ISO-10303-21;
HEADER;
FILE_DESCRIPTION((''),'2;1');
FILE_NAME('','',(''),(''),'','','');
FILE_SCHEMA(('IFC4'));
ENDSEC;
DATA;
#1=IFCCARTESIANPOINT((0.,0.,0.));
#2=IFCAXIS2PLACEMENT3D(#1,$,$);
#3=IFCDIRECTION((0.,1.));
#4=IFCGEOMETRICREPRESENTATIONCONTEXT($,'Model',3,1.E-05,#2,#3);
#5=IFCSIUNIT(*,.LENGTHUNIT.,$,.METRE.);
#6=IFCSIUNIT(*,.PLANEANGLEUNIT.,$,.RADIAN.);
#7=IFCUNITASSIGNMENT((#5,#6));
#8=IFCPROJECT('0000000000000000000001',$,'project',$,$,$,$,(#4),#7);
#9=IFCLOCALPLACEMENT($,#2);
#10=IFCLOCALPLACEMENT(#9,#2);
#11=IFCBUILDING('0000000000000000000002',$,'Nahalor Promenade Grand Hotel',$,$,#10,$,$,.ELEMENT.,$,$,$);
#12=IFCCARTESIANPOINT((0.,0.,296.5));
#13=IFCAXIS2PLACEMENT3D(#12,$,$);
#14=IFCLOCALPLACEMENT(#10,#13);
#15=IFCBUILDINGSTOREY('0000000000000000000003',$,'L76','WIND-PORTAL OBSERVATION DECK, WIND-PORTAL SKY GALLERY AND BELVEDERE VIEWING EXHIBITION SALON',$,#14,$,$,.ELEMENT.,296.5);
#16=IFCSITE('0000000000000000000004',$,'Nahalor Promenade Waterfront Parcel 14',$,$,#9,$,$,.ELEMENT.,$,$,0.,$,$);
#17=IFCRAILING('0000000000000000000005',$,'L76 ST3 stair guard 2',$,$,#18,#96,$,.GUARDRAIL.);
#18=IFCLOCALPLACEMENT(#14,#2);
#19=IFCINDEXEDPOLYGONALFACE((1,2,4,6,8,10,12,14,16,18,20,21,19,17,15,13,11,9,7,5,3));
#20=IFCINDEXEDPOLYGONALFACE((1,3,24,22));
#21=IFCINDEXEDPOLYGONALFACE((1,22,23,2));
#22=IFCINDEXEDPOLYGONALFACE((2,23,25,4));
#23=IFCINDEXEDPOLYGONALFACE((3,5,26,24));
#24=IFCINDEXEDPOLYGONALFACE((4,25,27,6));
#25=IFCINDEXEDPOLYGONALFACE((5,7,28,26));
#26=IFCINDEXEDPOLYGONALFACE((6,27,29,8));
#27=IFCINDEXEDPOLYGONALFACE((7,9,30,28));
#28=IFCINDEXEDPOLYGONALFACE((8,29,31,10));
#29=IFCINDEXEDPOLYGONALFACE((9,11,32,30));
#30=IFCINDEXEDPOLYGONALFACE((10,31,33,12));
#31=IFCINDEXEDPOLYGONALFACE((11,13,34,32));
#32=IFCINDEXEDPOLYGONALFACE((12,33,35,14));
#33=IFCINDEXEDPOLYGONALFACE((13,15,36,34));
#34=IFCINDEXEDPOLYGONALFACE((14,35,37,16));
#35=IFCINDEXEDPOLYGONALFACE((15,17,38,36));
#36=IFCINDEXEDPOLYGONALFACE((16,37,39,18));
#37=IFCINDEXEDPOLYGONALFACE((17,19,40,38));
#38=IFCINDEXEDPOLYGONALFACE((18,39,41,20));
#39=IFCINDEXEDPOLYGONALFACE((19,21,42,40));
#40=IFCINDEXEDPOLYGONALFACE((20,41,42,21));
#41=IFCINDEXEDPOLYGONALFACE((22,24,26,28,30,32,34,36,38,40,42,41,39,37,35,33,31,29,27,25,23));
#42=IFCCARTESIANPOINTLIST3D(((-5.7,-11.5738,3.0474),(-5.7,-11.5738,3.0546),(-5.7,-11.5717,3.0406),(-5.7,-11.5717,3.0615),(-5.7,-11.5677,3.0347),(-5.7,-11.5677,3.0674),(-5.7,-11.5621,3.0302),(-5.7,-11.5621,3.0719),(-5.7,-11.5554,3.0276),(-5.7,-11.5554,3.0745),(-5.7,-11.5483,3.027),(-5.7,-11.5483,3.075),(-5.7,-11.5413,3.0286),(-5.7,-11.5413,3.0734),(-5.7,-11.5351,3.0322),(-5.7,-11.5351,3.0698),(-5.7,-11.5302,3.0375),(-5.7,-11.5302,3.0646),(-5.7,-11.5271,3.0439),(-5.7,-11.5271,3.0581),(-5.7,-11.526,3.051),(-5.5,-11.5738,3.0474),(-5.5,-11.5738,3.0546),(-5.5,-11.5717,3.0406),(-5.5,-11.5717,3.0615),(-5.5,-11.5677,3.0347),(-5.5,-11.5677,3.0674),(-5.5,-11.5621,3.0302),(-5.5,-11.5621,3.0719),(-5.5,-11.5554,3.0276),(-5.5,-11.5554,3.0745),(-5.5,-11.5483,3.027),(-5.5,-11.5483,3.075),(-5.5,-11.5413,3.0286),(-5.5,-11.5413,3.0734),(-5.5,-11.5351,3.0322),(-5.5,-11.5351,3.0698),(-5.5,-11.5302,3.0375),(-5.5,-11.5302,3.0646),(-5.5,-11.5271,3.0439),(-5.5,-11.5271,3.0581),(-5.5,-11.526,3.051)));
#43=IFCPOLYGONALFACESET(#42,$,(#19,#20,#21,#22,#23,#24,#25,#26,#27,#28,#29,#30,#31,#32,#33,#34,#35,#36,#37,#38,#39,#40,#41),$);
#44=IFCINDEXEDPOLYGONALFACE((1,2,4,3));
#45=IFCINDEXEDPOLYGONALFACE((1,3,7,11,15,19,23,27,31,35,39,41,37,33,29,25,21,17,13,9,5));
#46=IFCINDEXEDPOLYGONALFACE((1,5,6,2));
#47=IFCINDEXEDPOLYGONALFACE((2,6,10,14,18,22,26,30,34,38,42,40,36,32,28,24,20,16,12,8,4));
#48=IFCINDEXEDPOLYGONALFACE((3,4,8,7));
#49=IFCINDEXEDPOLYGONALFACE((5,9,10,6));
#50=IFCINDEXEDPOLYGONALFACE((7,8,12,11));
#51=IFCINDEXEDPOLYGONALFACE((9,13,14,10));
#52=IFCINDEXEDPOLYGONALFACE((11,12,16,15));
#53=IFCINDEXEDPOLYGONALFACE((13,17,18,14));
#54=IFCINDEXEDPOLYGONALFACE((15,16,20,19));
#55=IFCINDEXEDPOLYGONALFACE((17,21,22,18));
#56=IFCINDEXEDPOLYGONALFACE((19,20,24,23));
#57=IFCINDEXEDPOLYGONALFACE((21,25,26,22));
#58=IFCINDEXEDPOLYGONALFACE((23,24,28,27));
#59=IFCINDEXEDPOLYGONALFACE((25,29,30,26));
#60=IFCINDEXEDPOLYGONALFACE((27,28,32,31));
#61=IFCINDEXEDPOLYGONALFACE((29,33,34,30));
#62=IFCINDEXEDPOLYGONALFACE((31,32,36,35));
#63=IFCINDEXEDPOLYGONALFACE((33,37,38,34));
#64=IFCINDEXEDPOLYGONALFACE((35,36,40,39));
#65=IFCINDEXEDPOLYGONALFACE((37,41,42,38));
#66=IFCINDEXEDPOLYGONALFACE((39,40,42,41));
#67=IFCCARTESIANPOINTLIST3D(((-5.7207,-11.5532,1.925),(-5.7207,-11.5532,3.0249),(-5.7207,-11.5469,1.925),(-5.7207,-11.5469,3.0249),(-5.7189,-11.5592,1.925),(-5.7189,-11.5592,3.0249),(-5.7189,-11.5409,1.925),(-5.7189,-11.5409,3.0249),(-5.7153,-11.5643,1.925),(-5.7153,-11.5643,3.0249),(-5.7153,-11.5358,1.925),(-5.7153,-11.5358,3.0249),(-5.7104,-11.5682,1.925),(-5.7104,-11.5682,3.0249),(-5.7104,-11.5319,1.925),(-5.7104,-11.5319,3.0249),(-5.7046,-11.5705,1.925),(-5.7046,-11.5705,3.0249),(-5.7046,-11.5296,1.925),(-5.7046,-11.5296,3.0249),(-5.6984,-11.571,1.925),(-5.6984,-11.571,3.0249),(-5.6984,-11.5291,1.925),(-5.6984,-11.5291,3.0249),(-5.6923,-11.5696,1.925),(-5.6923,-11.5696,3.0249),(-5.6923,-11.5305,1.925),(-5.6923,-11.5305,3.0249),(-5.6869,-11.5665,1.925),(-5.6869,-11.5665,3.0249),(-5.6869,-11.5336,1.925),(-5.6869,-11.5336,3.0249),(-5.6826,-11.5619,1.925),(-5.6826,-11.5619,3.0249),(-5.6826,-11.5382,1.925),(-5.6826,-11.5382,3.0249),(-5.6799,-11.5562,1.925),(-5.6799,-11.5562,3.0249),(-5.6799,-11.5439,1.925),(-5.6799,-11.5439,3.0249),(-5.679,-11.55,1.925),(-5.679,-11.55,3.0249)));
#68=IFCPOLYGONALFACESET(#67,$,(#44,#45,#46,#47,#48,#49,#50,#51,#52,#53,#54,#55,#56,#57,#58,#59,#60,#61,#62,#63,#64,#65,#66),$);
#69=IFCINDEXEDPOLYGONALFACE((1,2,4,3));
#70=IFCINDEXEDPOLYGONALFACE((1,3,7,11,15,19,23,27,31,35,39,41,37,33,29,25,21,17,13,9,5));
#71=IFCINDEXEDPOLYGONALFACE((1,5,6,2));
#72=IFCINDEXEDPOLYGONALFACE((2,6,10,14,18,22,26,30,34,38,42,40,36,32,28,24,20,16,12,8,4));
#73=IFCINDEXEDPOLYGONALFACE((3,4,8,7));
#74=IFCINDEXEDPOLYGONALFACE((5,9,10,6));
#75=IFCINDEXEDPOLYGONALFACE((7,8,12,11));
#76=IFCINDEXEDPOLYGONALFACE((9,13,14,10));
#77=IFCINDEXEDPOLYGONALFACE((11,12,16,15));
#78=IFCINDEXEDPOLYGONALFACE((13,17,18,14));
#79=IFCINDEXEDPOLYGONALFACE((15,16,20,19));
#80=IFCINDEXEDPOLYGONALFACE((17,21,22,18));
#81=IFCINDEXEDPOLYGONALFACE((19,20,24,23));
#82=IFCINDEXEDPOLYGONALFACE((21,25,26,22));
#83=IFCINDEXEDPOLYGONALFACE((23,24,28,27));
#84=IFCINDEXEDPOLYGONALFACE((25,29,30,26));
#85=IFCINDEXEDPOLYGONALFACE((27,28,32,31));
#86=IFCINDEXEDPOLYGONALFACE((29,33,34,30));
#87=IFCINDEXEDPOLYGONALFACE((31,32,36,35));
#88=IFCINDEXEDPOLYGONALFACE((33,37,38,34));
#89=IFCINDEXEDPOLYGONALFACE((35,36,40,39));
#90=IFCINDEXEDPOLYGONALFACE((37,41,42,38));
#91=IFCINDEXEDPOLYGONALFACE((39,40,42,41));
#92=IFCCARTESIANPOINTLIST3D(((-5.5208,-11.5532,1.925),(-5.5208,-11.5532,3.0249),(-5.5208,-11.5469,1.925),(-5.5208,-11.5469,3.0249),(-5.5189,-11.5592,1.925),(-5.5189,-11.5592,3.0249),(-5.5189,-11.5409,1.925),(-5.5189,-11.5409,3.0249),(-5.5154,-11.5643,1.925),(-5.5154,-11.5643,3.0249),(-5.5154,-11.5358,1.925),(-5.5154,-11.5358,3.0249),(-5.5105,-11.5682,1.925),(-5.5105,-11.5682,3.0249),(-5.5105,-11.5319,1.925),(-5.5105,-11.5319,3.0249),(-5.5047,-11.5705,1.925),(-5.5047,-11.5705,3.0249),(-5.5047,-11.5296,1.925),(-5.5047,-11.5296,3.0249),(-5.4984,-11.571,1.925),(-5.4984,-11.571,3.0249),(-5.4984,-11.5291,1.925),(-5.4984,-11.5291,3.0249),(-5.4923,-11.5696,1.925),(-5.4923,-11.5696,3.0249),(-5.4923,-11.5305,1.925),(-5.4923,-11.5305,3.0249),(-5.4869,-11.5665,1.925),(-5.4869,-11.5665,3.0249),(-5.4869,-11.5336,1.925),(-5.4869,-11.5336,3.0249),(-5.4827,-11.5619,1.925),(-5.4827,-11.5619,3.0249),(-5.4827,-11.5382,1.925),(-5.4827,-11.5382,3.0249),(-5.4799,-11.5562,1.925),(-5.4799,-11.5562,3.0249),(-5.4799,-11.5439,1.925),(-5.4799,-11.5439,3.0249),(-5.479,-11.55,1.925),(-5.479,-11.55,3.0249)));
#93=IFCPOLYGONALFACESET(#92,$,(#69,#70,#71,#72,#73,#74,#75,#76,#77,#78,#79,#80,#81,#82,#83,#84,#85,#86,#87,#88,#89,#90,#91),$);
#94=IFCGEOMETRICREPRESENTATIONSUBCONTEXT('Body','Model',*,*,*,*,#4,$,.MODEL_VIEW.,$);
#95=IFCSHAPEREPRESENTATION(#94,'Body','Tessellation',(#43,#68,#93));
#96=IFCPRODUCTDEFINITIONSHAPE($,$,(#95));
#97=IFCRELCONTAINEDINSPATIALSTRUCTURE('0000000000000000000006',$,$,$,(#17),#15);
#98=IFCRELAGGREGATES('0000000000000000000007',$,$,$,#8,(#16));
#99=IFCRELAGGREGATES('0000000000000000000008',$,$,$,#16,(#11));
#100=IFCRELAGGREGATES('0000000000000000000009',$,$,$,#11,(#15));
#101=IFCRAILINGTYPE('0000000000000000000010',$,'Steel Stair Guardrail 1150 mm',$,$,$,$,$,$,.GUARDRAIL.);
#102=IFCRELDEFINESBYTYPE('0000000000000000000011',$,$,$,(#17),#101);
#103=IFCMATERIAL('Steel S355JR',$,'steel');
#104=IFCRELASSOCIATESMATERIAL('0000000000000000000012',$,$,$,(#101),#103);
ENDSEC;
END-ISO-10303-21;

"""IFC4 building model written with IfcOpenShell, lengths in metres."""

from ifc_helpers import new_model, si_unit, direction, frame, origin, origin_2d, place, context, subcontext, project, spatial, circle, extrude, material, type_object, element, save


model = new_model("IFC4")

# Units and contexts
model_context = context("Model", 3, precision=1e-05, world=origin(), true_north=direction((0.0, 1.0)))
body_context = subcontext(model_context, "Body", "Model", "MODEL_VIEW")
ifc_project = project(units=[si_unit("LENGTHUNIT", "METRE"), si_unit("PLANEANGLEUNIT", "RADIAN")], contexts=[model_context])

# Site, building, storey
site_placement = place(None, origin())
site = spatial("IfcSite", under=ifc_project, at=site_placement, Name="Nahalor Promenade Waterfront Parcel 14", CompositionType="ELEMENT", RefElevation=0.0)
building_placement = place(site_placement, origin())
building = spatial("IfcBuilding", under=site, at=building_placement, Name="Nahalor Promenade Grand Hotel", CompositionType="ELEMENT")
storey_placement = place(building_placement, frame((0.0, 0.0, 296.5)))
storey = spatial("IfcBuildingStorey", under=building, at=storey_placement, Name="L76", Description="WIND-PORTAL OBSERVATION DECK, WIND-PORTAL SKY GALLERY AND BELVEDERE VIEWING EXHIBITION SALON", CompositionType="ELEMENT", Elevation=296.5)

# Shared definitions
ifc_material_1 = material(Name="Steel S355JR", Category="steel")

# Railing
railing_type_1 = type_object("IfcRailingType", Name="Steel Stair Guardrail 1150 mm", PredefinedType="GUARDRAIL", material=ifc_material_1)
railing_1_placement = place(storey_placement, frame((-5.7, -11.55, 1.925)))
element("IfcRailing", 1, at=railing_1_placement, inside=storey, type_object=railing_type_1, Name="L76 ST3 stair guard 2", PredefinedType="GUARDRAIL", context=body_context, shape_type="SweptSolid", body=[
    extrude(circle(Radius=0.024, at=origin_2d()), frame((0.0, 0.0, 1.126), z_axis=(1.0, 0.0, 0.0), x_axis=(0.0, 1.0, 0.0)), (0.0, 0.0, 1.0), 0.2),
    extrude(circle(Radius=0.021, at=origin_2d()), origin(), (0.0, 0.0, 1.0), 1.0999),
    extrude(circle(Radius=0.021, at=origin_2d()), frame((0.2, 0.0, 0.0)), (0.0, 0.0, 1.0), 1.0999),
])

save(model, "model.ifc")
